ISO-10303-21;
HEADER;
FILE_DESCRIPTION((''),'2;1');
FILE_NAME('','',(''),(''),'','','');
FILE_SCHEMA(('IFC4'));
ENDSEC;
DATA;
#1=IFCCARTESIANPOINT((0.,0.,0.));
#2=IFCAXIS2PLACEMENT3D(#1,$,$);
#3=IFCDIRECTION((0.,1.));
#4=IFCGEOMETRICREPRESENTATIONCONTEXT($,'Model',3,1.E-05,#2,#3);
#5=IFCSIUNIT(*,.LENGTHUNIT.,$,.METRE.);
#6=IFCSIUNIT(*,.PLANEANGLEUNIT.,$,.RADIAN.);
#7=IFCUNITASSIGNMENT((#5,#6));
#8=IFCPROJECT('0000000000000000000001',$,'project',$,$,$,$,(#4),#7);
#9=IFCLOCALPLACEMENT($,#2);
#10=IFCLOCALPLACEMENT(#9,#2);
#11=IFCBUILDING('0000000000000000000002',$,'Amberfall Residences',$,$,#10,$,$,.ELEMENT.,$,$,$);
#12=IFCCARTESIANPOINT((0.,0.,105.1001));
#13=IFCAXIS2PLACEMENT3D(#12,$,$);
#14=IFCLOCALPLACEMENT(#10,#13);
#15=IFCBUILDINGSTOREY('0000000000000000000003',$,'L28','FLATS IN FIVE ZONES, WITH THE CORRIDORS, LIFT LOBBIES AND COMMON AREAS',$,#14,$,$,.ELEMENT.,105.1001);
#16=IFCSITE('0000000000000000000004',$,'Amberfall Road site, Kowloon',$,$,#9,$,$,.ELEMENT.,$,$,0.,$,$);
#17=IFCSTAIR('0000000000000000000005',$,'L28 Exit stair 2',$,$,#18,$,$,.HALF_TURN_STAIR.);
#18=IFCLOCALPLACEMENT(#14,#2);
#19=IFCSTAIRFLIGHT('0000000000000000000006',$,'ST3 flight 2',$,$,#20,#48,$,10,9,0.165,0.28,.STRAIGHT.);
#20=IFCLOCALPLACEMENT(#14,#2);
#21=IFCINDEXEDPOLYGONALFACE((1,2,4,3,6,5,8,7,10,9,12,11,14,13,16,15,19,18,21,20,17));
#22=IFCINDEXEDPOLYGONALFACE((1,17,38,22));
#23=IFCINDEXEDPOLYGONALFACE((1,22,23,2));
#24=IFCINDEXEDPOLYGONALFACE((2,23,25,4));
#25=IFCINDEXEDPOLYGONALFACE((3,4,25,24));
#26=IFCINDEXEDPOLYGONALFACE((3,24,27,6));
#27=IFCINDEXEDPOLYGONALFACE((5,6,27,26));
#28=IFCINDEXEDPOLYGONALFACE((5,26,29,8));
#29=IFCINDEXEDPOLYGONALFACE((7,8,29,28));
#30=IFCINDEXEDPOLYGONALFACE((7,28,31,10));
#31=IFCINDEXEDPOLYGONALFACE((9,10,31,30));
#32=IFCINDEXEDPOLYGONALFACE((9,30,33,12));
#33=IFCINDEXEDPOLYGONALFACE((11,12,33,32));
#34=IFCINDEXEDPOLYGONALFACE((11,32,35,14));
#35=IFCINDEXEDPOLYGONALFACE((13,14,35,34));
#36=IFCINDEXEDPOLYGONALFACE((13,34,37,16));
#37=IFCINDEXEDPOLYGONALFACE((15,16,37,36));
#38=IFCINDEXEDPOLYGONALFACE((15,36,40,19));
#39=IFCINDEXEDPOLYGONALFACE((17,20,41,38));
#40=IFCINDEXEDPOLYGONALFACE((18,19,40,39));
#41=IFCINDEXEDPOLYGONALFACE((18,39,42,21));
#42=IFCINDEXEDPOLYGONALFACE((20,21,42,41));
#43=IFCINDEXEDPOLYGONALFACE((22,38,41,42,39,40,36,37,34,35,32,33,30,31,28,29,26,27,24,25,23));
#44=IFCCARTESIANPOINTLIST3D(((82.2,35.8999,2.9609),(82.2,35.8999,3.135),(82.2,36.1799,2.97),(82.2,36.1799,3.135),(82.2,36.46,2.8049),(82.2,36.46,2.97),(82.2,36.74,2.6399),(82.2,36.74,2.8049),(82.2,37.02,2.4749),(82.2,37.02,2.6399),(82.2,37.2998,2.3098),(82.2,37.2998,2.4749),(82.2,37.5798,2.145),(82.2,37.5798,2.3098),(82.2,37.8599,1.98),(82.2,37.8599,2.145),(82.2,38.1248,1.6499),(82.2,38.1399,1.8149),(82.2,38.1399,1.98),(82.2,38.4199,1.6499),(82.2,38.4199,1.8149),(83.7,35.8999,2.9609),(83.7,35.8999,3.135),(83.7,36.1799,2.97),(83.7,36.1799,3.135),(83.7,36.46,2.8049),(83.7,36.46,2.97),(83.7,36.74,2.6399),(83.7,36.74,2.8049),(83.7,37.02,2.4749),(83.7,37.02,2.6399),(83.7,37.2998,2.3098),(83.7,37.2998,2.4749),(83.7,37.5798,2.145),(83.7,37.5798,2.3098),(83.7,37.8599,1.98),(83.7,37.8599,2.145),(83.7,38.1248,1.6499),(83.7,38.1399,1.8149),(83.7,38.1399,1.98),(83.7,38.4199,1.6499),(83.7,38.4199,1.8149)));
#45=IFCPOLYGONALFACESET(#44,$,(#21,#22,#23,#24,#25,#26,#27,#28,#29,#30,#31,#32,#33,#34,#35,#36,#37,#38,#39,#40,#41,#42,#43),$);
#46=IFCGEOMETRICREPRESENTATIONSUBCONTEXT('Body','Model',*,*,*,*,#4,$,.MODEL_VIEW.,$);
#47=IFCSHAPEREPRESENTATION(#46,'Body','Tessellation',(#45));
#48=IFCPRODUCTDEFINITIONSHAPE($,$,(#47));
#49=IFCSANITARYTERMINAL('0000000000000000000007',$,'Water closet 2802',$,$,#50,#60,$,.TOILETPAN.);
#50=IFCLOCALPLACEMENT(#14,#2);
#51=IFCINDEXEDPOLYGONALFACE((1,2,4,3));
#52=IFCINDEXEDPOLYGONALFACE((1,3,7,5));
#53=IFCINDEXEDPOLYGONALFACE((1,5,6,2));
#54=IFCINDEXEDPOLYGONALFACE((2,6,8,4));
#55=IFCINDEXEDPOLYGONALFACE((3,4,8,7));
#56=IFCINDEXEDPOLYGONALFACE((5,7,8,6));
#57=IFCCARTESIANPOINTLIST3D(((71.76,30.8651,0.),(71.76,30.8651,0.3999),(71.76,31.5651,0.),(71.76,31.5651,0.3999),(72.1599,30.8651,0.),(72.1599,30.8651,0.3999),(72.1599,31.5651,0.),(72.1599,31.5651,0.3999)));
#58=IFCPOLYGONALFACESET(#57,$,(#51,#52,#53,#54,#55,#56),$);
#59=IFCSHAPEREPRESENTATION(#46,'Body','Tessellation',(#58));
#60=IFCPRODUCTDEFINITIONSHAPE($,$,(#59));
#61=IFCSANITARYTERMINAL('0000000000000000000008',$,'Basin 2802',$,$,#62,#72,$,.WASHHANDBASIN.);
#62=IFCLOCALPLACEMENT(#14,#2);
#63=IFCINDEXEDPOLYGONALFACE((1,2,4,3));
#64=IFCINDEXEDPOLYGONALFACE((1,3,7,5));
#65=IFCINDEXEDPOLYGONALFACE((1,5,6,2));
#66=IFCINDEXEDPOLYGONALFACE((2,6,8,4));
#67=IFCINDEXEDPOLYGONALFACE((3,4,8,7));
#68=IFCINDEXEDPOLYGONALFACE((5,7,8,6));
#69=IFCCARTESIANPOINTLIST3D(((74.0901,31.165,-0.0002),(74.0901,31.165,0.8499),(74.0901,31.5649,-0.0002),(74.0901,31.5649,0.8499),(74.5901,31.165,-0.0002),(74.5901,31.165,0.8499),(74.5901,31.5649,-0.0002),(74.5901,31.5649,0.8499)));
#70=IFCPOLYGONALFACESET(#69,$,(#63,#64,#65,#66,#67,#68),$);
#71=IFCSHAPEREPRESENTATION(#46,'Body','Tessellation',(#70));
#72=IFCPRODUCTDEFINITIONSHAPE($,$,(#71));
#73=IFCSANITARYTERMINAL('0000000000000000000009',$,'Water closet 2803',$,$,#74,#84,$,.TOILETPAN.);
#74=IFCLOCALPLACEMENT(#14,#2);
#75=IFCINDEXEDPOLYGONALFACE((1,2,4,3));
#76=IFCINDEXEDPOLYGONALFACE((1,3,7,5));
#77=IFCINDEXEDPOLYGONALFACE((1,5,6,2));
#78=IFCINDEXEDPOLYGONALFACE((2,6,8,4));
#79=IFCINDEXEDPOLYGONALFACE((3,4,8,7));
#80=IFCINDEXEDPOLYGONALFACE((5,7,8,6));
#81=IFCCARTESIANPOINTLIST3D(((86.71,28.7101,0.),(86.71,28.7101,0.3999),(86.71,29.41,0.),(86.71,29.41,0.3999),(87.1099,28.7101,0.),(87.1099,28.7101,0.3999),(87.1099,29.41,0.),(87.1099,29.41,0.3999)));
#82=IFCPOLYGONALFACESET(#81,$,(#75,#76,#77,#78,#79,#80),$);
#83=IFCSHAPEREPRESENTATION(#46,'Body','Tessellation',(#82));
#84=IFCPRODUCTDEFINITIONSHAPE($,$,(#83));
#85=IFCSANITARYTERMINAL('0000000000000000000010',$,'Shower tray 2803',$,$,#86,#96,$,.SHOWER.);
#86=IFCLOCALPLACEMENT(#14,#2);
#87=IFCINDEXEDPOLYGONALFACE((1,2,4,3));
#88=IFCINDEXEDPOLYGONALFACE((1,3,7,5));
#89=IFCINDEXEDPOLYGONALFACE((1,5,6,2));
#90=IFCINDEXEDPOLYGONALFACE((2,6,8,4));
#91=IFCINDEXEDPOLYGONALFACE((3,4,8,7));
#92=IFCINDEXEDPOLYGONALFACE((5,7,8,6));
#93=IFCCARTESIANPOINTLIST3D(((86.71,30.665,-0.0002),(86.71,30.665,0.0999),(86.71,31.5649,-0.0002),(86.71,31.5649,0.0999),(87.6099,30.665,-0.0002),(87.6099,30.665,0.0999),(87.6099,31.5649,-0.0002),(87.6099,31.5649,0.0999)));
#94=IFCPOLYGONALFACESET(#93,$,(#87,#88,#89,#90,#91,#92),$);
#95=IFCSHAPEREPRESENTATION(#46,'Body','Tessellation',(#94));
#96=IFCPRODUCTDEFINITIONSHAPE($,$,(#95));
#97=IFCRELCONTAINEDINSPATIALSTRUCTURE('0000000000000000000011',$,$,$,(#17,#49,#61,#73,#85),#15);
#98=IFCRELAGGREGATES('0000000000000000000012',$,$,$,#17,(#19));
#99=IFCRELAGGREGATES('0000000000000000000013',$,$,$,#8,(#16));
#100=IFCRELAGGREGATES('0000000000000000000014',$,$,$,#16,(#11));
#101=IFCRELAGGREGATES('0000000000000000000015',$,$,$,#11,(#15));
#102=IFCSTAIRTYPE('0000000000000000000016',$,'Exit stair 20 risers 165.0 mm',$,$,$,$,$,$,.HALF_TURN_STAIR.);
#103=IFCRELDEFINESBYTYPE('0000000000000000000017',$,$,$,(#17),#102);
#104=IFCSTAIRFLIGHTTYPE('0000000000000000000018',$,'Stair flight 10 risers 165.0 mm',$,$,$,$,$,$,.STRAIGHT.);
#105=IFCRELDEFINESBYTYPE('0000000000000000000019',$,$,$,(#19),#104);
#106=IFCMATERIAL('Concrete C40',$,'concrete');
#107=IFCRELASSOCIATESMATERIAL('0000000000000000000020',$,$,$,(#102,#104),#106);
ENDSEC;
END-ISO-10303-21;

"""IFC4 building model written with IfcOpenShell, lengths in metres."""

from ifc_helpers import new_model, si_unit, direction, frame, origin, origin_2d, place, context, subcontext, project, spatial, polyline, rectangle, outline, extrude, material, type_object, element, aggregate, save


model = new_model("IFC4")

# Units and contexts
model_context = context("Model", 3, precision=1e-05, world=origin(), true_north=direction((0.0, 1.0)))
body_context = subcontext(model_context, "Body", "Model", "MODEL_VIEW")
ifc_project = project(units=[si_unit("LENGTHUNIT", "METRE"), si_unit("PLANEANGLEUNIT", "RADIAN")], contexts=[model_context])

# Site, building, storey
site_placement = place(None, origin())
site = spatial("IfcSite", under=ifc_project, at=site_placement, Name="Amberfall Road site, Kowloon", CompositionType="ELEMENT", RefElevation=0.0)
building_placement = place(site_placement, origin())
building = spatial("IfcBuilding", under=site, at=building_placement, Name="Amberfall Residences", CompositionType="ELEMENT")
storey_placement = place(building_placement, frame((0.0, 0.0, 105.1001)))
storey = spatial("IfcBuildingStorey", under=building, at=storey_placement, Name="L28", Description="FLATS IN FIVE ZONES, WITH THE CORRIDORS, LIFT LOBBIES AND COMMON AREAS", CompositionType="ELEMENT", Elevation=105.1001)

# Stair, stair flight
ifc_material_1 = material(Name="Concrete C40", Category="concrete")
stair_type = type_object("IfcStairType", Name="Exit stair 20 risers 165.0 mm", PredefinedType="HALF_TURN_STAIR", material=ifc_material_1)
stair_placement = place(storey_placement, origin())
stair = element("IfcStair", 1, at=stair_placement, inside=storey, type_object=stair_type, Name="L28 Exit stair 2", PredefinedType="HALF_TURN_STAIR")
stair_flight_type = type_object("IfcStairFlightType", Name="Stair flight 10 risers 165.0 mm", PredefinedType="STRAIGHT", material=ifc_material_1)
stair_flight_1_placement = place(storey_placement, frame((82.95, 38.4199, 1.6499), z_axis=(0.0, 0.0, 1.0), x_axis=(0.0, -1.0, 0.0)))
stair_flight_1 = element("IfcStairFlight", 2, at=stair_flight_1_placement, type_object=stair_flight_type, Name="ST3 flight 2", NumberOfRisers=10, NumberOfTreads=9, PredefinedType="STRAIGHT", RiserHeight=0.165, TreadLength=0.28, context=body_context, shape_type="SweptSolid", body=[
    extrude(outline(polyline([(0.0, 0.0), (0.0, 0.165), (0.28, 0.165), (0.28, 0.3301), (0.5601, 0.3301), (0.5601, 0.4951), (0.8401, 0.4951), (0.8401, 0.6599), (1.1201, 0.6599), (1.1201, 0.825), (1.3999, 0.825), (1.3999, 0.99), (1.6799, 0.99), (1.6799, 1.155), (1.96, 1.155), (1.96, 1.3201), (2.24, 1.3201), (2.24, 1.4851), (2.52, 1.4851), (2.52, 1.6499), (2.52, 1.311), (0.2952, 0.0), (0.0, 0.0)])), frame((0.0, 0.75, 0.0), z_axis=(0.0, -1.0, 0.0), x_axis=(1.0, 0.0, 0.0)), (0.0, 0.0, 1.0), 1.5),
])
aggregate(stair, [stair_flight_1])

# Sanitary terminals
sanitary_terminal_1_placement = place(storey_placement, frame((71.96, 31.2151, 0.0), z_axis=(0.0, 0.0, 1.0), x_axis=(1.0, 0.0, 0.0)))
element("IfcSanitaryTerminal", 3, at=sanitary_terminal_1_placement, inside=storey, Name="Water closet 2802", PredefinedType="TOILETPAN", context=body_context, shape_type="SweptSolid", body=[
    extrude(rectangle(XDim=0.3999, YDim=0.7, at=origin_2d()), origin(), (0.0, 0.0, 1.0), 0.3999),
])
sanitary_terminal_2_placement = place(storey_placement, frame((74.3401, 31.365, -0.0002), z_axis=(0.0, 0.0, 1.0), x_axis=(1.0, 0.0, 0.0)))
element("IfcSanitaryTerminal", 4, at=sanitary_terminal_2_placement, inside=storey, Name="Basin 2802", PredefinedType="WASHHANDBASIN", context=body_context, shape_type="SweptSolid", body=[
    extrude(rectangle(XDim=0.5, YDim=0.3999, at=origin_2d()), origin(), (0.0, 0.0, 1.0), 0.8501),
])
sanitary_terminal_3_placement = place(storey_placement, frame((86.9099, 29.0601, 0.0), z_axis=(0.0, 0.0, 1.0), x_axis=(1.0, 0.0, 0.0)))
element("IfcSanitaryTerminal", 5, at=sanitary_terminal_3_placement, inside=storey, Name="Water closet 2803", PredefinedType="TOILETPAN", context=body_context, shape_type="SweptSolid", body=[
    extrude(rectangle(XDim=0.3999, YDim=0.7, at=origin_2d()), origin(), (0.0, 0.0, 1.0), 0.3999),
])
sanitary_terminal_4_placement = place(storey_placement, frame((87.1599, 31.115, -0.0002), z_axis=(0.0, 0.0, 1.0), x_axis=(1.0, 0.0, 0.0)))
element("IfcSanitaryTerminal", 6, at=sanitary_terminal_4_placement, inside=storey, Name="Shower tray 2803", PredefinedType="SHOWER", context=body_context, shape_type="SweptSolid", body=[
    extrude(rectangle(XDim=0.8999, YDim=0.8999, at=origin_2d()), origin(), (0.0, 0.0, 1.0), 0.1001),
])

save(model, "model.ifc")
